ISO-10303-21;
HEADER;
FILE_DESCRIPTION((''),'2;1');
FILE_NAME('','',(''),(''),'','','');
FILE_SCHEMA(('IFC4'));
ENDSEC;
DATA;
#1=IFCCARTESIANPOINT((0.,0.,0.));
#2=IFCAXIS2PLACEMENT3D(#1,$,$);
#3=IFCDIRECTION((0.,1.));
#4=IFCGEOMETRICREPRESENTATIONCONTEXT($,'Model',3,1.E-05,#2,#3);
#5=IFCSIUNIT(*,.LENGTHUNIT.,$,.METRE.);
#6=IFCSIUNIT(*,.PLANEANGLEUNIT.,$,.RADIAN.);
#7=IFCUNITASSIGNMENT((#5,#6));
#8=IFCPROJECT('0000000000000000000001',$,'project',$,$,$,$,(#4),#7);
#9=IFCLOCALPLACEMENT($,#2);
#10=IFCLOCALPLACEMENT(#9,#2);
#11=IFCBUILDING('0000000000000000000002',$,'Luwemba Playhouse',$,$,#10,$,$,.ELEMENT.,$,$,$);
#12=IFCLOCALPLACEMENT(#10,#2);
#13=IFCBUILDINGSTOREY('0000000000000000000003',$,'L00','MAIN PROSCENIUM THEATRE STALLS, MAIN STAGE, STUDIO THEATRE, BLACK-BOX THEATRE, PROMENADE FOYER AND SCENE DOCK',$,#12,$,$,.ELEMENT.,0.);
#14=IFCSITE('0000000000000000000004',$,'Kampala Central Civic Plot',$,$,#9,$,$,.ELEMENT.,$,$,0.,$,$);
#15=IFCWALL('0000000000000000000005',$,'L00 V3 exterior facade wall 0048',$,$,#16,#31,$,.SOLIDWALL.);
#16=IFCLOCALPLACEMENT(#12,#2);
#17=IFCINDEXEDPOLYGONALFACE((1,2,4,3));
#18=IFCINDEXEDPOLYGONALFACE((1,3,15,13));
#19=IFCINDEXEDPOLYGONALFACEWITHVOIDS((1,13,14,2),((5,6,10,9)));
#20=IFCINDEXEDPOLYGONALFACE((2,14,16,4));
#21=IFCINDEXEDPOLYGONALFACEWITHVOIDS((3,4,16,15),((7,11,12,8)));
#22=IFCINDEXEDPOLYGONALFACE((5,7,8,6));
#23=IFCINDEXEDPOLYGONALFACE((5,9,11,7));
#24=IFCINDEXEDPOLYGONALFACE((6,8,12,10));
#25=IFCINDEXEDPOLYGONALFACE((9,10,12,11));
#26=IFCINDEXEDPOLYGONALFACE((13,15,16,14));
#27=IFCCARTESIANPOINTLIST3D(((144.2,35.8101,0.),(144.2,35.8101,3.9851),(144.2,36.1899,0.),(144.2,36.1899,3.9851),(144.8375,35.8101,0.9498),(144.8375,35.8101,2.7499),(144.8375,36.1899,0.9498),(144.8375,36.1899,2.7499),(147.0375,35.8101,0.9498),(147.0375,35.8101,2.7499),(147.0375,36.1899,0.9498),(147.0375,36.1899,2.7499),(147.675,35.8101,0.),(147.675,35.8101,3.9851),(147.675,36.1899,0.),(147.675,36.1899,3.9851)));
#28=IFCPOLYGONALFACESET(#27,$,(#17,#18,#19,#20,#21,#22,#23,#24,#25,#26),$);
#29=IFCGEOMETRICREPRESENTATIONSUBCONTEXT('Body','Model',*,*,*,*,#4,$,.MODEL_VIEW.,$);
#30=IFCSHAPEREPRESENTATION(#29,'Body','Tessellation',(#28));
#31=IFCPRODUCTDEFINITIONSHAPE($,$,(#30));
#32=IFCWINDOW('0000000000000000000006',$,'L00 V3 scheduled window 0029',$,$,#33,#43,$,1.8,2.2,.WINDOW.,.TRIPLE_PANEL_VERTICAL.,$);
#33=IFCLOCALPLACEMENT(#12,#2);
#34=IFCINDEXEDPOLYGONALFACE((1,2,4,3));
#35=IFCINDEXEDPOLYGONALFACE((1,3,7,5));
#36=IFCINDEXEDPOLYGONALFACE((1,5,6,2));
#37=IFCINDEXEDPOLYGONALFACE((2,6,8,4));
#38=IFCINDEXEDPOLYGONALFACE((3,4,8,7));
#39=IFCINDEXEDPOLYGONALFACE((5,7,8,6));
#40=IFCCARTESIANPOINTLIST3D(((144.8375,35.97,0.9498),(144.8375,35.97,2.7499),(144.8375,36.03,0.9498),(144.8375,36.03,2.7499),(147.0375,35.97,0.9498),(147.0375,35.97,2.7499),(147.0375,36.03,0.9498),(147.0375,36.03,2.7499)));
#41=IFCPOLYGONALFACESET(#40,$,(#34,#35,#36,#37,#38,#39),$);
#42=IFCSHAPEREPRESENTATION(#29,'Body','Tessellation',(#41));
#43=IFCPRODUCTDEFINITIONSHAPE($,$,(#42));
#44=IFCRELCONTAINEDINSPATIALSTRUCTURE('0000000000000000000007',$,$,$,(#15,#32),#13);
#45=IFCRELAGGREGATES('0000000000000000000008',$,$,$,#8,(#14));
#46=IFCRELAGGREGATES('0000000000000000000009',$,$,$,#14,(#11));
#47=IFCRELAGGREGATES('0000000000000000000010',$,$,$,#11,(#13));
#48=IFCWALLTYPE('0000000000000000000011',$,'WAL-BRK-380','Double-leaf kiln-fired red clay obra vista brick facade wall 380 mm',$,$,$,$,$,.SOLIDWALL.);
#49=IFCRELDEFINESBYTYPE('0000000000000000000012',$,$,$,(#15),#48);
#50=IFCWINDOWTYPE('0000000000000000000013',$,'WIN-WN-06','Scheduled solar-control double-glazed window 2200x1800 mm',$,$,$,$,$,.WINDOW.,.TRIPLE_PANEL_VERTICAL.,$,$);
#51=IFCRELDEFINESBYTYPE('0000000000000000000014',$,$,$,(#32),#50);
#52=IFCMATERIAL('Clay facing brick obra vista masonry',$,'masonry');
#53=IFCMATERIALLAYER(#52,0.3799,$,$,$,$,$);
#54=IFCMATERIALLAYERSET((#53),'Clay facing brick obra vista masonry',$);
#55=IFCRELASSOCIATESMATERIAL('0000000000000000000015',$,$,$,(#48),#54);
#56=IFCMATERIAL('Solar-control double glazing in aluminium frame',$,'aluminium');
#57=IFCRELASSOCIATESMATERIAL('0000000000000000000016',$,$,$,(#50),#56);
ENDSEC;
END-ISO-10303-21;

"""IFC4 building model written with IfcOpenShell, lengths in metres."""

from ifc_helpers import new_model, si_unit, direction, frame, frame_2d, origin, place, context, subcontext, project, spatial, rectangle, extrude, material, layer, layer_set, type_object, element, fill, save


model = new_model("IFC4")

# Units and contexts
model_context = context("Model", 3, precision=1e-05, world=origin(), true_north=direction((0.0, 1.0)))
body_context = subcontext(model_context, "Body", "Model", "MODEL_VIEW")
ifc_project = project(units=[si_unit("LENGTHUNIT", "METRE"), si_unit("PLANEANGLEUNIT", "RADIAN")], contexts=[model_context])

# Site, building, storey
site_placement = place(None, origin())
site = spatial("IfcSite", under=ifc_project, at=site_placement, Name="Kampala Central Civic Plot", CompositionType="ELEMENT", RefElevation=0.0)
building_placement = place(site_placement, origin())
building = spatial("IfcBuilding", under=site, at=building_placement, Name="Luwemba Playhouse", CompositionType="ELEMENT")
storey_placement = place(building_placement, origin())
storey = spatial("IfcBuildingStorey", under=building, at=storey_placement, Name="L00", Description="MAIN PROSCENIUM THEATRE STALLS, MAIN STAGE, STUDIO THEATRE, BLACK-BOX THEATRE, PROMENADE FOYER AND SCENE DOCK", CompositionType="ELEMENT", Elevation=0.0)

# Shared definitions
ifc_material_1 = material(Name="Clay facing brick obra vista masonry", Category="masonry")
ifc_layer_1 = layer(ifc_material_1, 0.3799)
ifc_layer_set_1 = layer_set([ifc_layer_1], Name="Clay facing brick obra vista masonry")
wall_type = type_object("IfcWallType", Name="WAL-BRK-380", Description="Double-leaf kiln-fired red clay obra vista brick facade wall 380 mm", PredefinedType="SOLIDWALL", material=ifc_layer_set_1)
ifc_material_2 = material(Name="Solar-control double glazing in aluminium frame", Category="aluminium")

# Wall, opening, window
wall_1_placement = place(storey_placement, frame((147.675, 36.0, 0.0), z_axis=(0.0, 0.0, 1.0), x_axis=(-1.0, 0.0, 0.0)))
wall_1 = element("IfcWall", 1, at=wall_1_placement, inside=storey, type_object=wall_type, Name="L00 V3 exterior facade wall 0048", PredefinedType="SOLIDWALL", context=body_context, shape_type="SweptSolid", body=[
    extrude(rectangle(XDim=3.4751, YDim=0.3799, at=frame_2d((1.7375, 0.0))), origin(), (0.0, 0.0, 1.0), 3.9851),
])
opening_1_placement = place(wall_1_placement, frame((0.6375, 0.0, 0.95)))
opening_1 = element("IfcOpeningElement", 2, at=opening_1_placement, cuts=wall_1, PredefinedType="OPENING", context=body_context, shape_type="SweptSolid", body=[
    extrude(rectangle(XDim=2.2, YDim=1.8, at=frame_2d((1.1001, 0.8999))), frame((0.0, 0.2, 0.0), z_axis=(0.0, -1.0, 0.0), x_axis=(1.0, 0.0, 0.0)), (0.0, 0.0, 1.0), 0.3999),
])
window_type_1 = type_object("IfcWindowType", Name="WIN-WN-06", Description="Scheduled solar-control double-glazed window 2200x1800 mm", PartitioningType="TRIPLE_PANEL_VERTICAL", PredefinedType="WINDOW", material=ifc_material_2)
window_1_placement = place(opening_1_placement, origin())
window_1 = element("IfcWindow", 3, at=window_1_placement, inside=storey, type_object=window_type_1, Name="L00 V3 scheduled window 0029", OverallHeight=1.8, OverallWidth=2.2, PartitioningType="TRIPLE_PANEL_VERTICAL", PredefinedType="WINDOW", context=body_context, shape_type="SweptSolid", body=[
    extrude(rectangle(XDim=2.2, YDim=1.8, at=frame_2d((1.1001, 0.8999))), frame((0.0, 0.03, 0.0), z_axis=(0.0, -1.0, 0.0), x_axis=(1.0, 0.0, 0.0)), (0.0, 0.0, 1.0), 0.0601),
])
fill(opening_1, window_1)

save(model, "model.ifc")
